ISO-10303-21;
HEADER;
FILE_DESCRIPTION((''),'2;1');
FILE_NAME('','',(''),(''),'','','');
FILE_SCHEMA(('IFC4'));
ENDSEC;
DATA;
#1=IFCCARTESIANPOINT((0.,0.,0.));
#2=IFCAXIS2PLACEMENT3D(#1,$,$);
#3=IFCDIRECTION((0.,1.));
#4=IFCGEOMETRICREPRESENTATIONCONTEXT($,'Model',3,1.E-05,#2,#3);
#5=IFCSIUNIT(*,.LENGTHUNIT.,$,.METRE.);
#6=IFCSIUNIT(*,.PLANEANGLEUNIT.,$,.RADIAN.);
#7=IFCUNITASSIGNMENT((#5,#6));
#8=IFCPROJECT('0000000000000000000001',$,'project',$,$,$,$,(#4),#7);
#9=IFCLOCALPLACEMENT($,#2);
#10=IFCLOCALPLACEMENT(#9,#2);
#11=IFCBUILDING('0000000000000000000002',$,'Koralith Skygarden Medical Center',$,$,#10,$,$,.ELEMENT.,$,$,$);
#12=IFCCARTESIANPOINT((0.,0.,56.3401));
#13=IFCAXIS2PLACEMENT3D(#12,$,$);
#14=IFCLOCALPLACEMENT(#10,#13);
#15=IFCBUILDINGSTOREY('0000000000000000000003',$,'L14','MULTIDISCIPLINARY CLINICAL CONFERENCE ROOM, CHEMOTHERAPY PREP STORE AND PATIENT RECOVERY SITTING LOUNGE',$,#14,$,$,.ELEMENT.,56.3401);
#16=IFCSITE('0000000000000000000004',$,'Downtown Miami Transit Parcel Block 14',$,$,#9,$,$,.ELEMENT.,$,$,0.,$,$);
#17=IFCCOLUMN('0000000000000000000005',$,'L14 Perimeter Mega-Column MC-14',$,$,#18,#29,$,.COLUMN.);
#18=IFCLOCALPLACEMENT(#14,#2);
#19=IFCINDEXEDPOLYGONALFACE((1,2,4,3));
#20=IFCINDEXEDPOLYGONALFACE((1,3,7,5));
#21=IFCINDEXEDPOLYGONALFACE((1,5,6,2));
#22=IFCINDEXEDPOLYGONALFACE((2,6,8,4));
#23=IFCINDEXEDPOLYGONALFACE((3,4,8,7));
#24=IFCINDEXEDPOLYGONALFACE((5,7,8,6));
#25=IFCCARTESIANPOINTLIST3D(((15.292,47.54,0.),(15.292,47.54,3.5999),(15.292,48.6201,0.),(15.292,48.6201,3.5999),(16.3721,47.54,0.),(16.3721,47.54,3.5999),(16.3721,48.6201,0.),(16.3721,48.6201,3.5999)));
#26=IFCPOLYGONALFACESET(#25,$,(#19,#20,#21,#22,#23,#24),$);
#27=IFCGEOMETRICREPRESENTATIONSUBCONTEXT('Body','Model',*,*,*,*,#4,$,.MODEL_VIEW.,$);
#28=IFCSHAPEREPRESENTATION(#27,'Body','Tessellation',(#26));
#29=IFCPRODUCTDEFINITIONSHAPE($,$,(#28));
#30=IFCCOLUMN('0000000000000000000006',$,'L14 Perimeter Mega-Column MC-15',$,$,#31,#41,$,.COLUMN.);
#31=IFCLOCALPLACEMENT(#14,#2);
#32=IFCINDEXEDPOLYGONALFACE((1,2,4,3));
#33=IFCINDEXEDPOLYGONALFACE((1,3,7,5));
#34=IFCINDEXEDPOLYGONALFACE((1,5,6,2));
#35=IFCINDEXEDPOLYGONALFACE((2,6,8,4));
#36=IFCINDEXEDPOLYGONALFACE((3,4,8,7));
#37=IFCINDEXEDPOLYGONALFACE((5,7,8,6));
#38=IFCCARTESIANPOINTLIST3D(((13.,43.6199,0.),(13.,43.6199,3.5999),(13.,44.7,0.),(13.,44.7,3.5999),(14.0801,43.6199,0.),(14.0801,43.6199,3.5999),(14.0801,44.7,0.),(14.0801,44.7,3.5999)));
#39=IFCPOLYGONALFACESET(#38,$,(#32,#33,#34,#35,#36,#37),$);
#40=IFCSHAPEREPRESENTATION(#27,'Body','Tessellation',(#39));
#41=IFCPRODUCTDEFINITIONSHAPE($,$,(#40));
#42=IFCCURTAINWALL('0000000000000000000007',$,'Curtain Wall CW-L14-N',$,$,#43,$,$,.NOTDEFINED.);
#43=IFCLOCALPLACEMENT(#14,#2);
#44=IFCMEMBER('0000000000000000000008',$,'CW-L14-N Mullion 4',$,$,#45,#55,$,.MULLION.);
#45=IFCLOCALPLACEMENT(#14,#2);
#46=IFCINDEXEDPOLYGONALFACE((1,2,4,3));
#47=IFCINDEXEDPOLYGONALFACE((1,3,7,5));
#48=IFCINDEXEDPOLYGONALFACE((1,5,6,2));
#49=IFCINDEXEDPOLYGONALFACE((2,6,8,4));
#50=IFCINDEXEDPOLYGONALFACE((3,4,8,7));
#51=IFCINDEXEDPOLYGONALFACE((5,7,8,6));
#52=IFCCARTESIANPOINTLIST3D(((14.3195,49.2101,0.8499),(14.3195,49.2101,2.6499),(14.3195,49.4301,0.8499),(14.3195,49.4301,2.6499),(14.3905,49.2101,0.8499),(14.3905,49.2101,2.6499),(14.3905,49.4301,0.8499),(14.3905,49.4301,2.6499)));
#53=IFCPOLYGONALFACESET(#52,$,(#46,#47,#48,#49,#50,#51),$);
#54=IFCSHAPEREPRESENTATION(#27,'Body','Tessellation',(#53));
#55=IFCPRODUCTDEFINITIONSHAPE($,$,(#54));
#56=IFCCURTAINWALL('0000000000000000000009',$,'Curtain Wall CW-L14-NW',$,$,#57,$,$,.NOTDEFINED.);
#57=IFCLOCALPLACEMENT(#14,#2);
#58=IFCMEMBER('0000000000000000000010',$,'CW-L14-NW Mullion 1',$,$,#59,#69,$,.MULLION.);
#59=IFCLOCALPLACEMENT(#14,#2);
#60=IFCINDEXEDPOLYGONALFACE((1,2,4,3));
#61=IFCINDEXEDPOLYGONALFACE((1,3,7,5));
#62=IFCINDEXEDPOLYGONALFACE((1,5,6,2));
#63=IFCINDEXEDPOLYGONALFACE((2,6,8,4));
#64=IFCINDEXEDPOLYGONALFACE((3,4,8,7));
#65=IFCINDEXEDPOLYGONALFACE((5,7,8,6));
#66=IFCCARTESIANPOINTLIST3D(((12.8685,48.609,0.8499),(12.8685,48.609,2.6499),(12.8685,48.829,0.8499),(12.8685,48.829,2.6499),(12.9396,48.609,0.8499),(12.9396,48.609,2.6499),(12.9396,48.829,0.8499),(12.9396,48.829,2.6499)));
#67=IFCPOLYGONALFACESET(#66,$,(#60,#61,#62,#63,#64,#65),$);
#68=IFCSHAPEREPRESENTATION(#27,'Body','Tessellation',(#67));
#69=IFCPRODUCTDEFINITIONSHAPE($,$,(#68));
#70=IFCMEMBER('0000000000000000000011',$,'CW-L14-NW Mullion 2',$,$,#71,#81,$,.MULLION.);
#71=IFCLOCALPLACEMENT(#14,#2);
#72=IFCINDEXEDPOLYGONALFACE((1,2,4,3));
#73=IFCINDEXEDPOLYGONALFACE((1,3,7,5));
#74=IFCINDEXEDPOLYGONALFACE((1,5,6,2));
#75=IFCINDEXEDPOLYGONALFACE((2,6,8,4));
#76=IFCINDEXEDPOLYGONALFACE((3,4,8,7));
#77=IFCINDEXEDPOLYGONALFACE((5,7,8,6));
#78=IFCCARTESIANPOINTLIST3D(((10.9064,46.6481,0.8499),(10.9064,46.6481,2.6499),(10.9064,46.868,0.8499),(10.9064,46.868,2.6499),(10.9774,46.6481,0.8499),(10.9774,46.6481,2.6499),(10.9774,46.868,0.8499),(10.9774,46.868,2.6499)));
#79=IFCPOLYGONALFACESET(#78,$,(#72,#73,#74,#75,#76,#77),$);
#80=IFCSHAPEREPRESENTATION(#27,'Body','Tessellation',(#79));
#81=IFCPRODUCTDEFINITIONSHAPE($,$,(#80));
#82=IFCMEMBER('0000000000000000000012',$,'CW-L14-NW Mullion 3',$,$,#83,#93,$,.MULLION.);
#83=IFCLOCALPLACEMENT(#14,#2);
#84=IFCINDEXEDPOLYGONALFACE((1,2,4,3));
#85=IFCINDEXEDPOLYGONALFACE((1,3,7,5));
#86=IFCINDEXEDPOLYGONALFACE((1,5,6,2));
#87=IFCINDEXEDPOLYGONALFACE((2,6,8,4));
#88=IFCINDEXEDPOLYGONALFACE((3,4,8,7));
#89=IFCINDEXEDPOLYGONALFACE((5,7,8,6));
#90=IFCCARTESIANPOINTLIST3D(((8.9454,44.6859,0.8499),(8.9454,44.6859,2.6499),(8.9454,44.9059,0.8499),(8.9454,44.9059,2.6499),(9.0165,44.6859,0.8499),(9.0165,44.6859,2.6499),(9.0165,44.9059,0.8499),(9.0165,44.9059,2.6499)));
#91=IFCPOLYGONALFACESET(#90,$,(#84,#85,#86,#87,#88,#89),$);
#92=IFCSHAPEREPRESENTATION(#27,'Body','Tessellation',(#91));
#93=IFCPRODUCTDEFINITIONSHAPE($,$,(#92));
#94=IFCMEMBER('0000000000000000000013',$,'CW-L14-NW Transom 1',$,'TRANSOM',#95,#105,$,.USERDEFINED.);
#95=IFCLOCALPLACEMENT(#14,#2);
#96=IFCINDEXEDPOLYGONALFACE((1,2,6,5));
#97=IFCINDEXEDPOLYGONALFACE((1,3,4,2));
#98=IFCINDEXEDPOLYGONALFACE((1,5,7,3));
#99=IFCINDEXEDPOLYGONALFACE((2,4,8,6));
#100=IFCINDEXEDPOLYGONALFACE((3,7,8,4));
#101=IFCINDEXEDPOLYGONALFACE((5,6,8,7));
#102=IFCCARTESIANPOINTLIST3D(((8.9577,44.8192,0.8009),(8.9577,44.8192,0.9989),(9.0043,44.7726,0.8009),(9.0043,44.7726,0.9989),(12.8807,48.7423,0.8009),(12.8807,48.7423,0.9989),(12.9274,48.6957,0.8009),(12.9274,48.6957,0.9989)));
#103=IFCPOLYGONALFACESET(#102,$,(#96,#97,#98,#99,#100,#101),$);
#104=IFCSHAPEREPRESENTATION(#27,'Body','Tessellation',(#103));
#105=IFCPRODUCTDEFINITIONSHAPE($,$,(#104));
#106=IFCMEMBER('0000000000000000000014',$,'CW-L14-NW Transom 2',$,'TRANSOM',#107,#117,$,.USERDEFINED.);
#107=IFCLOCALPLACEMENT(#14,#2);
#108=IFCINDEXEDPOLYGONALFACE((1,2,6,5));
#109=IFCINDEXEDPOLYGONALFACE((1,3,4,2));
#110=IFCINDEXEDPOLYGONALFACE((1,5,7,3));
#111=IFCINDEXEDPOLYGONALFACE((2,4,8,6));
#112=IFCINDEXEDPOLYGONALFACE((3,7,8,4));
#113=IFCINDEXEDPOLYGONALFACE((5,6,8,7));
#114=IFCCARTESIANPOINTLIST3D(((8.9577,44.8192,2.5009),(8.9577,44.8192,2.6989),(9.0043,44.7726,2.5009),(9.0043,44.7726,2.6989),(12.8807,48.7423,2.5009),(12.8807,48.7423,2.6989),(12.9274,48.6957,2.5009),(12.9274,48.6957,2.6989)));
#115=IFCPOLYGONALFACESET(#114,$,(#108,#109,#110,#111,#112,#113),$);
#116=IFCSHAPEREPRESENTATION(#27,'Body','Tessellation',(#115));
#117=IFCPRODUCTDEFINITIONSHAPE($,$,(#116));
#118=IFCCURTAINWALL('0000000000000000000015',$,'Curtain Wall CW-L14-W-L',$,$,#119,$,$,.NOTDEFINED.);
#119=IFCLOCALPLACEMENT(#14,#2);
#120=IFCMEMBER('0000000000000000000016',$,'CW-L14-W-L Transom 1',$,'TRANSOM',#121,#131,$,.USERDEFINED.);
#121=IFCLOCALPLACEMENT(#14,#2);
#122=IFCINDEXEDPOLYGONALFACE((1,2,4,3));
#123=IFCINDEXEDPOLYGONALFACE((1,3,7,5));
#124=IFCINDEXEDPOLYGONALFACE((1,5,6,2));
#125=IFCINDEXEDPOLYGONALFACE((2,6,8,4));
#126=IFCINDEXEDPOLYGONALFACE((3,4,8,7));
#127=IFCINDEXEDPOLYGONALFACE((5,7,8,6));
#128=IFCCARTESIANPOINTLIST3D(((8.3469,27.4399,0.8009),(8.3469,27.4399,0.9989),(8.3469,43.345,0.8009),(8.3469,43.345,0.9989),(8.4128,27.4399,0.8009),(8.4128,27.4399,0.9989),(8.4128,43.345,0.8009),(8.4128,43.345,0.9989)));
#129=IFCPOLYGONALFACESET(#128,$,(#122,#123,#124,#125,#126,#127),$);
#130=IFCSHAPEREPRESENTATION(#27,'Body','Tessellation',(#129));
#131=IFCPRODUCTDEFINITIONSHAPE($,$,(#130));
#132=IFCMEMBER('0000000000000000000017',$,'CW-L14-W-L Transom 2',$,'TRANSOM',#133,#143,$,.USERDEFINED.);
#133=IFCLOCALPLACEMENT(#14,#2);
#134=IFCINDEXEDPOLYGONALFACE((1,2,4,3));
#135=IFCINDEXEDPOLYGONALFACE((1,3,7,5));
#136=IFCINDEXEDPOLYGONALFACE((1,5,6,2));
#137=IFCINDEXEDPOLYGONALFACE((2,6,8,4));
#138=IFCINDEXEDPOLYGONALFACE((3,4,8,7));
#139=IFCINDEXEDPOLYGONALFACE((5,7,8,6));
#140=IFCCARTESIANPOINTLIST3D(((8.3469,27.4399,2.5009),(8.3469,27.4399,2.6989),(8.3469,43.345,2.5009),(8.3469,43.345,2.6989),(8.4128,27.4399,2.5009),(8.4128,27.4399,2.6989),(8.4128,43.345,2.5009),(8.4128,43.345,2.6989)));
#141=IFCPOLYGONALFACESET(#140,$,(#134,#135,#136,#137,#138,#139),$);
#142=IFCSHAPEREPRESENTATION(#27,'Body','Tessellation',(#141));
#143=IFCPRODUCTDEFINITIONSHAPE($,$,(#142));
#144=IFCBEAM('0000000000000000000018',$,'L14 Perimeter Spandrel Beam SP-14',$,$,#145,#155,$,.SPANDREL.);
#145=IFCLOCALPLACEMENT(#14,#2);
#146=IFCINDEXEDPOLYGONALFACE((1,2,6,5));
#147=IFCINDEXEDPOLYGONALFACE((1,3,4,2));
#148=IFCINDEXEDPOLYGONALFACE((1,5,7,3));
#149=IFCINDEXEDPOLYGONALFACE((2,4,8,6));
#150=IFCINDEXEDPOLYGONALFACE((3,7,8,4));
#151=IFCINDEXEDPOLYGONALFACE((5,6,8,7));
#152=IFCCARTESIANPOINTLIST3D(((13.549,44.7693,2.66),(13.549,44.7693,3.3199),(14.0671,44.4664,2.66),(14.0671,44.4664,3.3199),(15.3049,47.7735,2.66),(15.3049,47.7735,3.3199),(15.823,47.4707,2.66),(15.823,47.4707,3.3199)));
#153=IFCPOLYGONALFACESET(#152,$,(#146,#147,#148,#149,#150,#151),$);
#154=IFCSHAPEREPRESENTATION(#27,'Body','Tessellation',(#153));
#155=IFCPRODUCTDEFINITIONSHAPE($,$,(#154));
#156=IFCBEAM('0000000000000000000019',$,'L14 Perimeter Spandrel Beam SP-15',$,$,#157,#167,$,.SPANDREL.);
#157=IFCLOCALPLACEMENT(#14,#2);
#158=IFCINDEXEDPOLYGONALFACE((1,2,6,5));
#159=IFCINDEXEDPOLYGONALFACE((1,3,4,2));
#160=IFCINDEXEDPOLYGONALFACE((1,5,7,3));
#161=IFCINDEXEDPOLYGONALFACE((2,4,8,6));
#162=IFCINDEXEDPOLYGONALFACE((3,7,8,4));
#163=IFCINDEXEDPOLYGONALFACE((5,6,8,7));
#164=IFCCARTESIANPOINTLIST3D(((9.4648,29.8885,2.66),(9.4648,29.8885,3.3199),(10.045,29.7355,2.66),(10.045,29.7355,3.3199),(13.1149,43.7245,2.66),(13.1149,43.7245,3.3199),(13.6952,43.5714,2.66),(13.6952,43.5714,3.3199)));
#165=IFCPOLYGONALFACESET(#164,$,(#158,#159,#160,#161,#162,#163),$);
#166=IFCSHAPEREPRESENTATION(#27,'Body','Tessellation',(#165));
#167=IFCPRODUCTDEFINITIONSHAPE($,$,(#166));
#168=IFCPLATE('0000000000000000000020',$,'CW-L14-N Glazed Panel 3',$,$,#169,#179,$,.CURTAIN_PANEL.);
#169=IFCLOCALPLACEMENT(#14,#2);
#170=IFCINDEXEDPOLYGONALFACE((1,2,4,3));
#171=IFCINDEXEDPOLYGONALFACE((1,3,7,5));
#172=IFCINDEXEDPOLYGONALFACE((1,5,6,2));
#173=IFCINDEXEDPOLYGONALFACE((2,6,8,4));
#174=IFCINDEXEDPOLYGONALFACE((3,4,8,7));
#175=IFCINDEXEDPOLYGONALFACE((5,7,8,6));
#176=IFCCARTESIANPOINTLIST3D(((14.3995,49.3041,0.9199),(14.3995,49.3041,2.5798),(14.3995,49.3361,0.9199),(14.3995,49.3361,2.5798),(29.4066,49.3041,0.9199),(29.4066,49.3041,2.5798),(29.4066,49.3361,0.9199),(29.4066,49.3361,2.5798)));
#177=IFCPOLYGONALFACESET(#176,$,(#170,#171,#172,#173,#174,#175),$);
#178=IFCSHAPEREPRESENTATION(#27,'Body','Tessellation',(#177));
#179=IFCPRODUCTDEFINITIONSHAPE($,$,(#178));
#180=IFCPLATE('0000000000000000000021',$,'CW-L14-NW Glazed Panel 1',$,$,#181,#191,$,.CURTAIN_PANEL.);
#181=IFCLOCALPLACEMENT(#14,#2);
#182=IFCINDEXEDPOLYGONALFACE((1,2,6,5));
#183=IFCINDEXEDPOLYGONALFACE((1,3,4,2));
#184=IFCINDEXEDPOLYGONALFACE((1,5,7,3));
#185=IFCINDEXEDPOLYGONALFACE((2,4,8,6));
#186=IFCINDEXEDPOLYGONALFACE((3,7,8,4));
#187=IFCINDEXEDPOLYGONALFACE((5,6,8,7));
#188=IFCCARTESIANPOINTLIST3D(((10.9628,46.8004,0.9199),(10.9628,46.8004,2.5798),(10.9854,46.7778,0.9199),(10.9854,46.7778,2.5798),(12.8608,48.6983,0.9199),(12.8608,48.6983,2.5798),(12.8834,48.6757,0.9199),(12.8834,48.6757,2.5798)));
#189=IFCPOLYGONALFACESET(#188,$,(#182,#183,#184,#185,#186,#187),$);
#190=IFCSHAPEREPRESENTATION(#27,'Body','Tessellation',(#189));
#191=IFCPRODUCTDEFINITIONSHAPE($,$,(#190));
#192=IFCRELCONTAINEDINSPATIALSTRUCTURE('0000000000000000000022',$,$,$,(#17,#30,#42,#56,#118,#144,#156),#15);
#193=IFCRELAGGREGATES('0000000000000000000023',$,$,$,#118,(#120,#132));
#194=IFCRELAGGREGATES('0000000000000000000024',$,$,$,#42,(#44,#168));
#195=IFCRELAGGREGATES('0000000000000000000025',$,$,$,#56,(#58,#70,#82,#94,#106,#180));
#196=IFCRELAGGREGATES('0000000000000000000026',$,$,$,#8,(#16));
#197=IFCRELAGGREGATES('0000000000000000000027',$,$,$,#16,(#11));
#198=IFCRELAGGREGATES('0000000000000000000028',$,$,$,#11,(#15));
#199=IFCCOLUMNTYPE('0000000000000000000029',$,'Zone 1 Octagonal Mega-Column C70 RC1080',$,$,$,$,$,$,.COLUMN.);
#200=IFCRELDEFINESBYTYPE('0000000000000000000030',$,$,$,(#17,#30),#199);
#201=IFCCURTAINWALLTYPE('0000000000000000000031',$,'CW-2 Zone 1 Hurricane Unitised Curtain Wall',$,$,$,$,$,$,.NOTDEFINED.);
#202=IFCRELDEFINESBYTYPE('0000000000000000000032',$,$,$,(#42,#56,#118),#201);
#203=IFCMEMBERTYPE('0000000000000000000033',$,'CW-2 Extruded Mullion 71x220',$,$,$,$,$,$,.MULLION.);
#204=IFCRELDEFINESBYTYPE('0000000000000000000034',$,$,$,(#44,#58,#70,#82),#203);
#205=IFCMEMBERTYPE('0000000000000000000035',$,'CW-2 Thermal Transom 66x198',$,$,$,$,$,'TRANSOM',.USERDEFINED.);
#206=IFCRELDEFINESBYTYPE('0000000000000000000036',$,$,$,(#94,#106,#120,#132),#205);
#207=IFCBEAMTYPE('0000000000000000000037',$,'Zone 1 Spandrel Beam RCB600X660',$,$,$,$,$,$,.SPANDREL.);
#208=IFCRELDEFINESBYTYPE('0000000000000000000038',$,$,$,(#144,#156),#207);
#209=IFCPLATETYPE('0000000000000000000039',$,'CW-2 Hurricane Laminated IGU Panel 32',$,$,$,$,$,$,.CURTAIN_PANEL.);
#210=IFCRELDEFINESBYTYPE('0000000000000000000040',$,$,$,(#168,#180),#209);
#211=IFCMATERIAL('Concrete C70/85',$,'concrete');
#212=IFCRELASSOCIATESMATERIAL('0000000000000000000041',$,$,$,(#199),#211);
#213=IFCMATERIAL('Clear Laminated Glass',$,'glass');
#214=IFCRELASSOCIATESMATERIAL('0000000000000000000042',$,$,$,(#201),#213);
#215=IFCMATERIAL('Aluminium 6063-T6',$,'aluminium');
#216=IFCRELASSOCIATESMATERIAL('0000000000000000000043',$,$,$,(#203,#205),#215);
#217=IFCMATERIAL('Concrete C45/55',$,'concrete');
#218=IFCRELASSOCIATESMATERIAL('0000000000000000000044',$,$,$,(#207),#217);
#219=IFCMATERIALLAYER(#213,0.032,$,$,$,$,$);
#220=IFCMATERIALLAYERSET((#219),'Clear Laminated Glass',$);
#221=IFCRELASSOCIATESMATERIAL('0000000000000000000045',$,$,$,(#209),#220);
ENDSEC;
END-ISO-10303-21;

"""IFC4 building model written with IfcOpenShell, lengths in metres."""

from ifc_helpers import new_model, si_unit, direction, frame, origin, origin_2d, place, context, subcontext, project, spatial, rectangle, extrude, material, layer, layer_set, material_profile, profile_set, type_object, element, aggregate, save


model = new_model("IFC4")

# Units and contexts
model_context = context("Model", 3, precision=1e-05, world=origin(), true_north=direction((0.0, 1.0)))
body_context = subcontext(model_context, "Body", "Model", "MODEL_VIEW")
ifc_project = project(units=[si_unit("LENGTHUNIT", "METRE"), si_unit("PLANEANGLEUNIT", "RADIAN")], contexts=[model_context])

# Site, building, storey
site_placement = place(None, origin())
site = spatial("IfcSite", under=ifc_project, at=site_placement, Name="Downtown Miami Transit Parcel Block 14", CompositionType="ELEMENT", RefElevation=0.0)
building_placement = place(site_placement, origin())
building = spatial("IfcBuilding", under=site, at=building_placement, Name="Koralith Skygarden Medical Center", CompositionType="ELEMENT")
storey_placement = place(building_placement, frame((0.0, 0.0, 56.3401)))
storey = spatial("IfcBuildingStorey", under=building, at=storey_placement, Name="L14", Description="MULTIDISCIPLINARY CLINICAL CONFERENCE ROOM, CHEMOTHERAPY PREP STORE AND PATIENT RECOVERY SITTING LOUNGE", CompositionType="ELEMENT", Elevation=56.3401)

# Columns
ifc_material_1 = material(Name="Concrete C70/85", Category="concrete")
ifc_material_profile_1 = material_profile(ifc_material_1, rectangle(XDim=1.0801, YDim=1.0801, at=origin_2d()), Name="RC1080X1080")
ifc_profile_set_1 = profile_set([ifc_material_profile_1], Name="Concrete C70/85")
column_type = type_object("IfcColumnType", Name="Zone 1 Octagonal Mega-Column C70 RC1080", PredefinedType="COLUMN", material=ifc_profile_set_1)
for number, where, z_axis, x_axis, name in (
    (1, (15.832, 48.0801, 0.0), (0.0, 0.0, 1.0), (1.0, 0.0, 0.0), "L14 Perimeter Mega-Column MC-14"),
    (2, (13.54, 44.1599, 0.0), (0.0, 0.0, 1.0), (1.0, 0.0, 0.0), "L14 Perimeter Mega-Column MC-15"),
):
    element("IfcColumn", number, at=place(storey_placement, frame(where, z_axis=z_axis, x_axis=x_axis)), inside=storey, type_object=column_type, Name=name, PredefinedType="COLUMN", context=body_context, shape_type="SweptSolid", body=[
        extrude(rectangle(XDim=1.0801, YDim=1.0801, at=origin_2d()), origin(), (0.0, 0.0, 1.0), 3.5999),
    ])

# Curtain wall, member
ifc_material_2 = material(Name="Clear Laminated Glass", Category="glass")
curtain_wall_type = type_object("IfcCurtainWallType", Name="CW-2 Zone 1 Hurricane Unitised Curtain Wall", PredefinedType="NOTDEFINED", material=ifc_material_2)
curtain_wall_1_placement = place(storey_placement, origin())
curtain_wall_1 = element("IfcCurtainWall", 3, at=curtain_wall_1_placement, inside=storey, type_object=curtain_wall_type, Name="Curtain Wall CW-L14-N", PredefinedType="NOTDEFINED")
ifc_material_3 = material(Name="Aluminium 6063-T6", Category="aluminium")
ifc_material_profile_2 = material_profile(ifc_material_3, rectangle(XDim=0.071, YDim=0.22, at=origin_2d()), Name="MUL71X220")
ifc_profile_set_2 = profile_set([ifc_material_profile_2], Name="Aluminium 6063-T6")
member_type_1 = type_object("IfcMemberType", Name="CW-2 Extruded Mullion 71x220", PredefinedType="MULLION", material=ifc_profile_set_2)
member_1_placement = place(storey_placement, frame((14.355, 49.3201, 0.8499), z_axis=(0.0, 0.0, 1.0), x_axis=(1.0, 0.0, 0.0)))
member_1 = element("IfcMember", 4, at=member_1_placement, type_object=member_type_1, Name="CW-L14-N Mullion 4", PredefinedType="MULLION", context=body_context, shape_type="SweptSolid", body=[
    extrude(rectangle(XDim=0.071, YDim=0.22, at=origin_2d()), origin(), (0.0, 0.0, 1.0), 1.8),
])

# Curtain walls, members
curtain_wall_2_placement = place(storey_placement, origin())
curtain_wall_2 = element("IfcCurtainWall", 5, at=curtain_wall_2_placement, inside=storey, type_object=curtain_wall_type, Name="Curtain Wall CW-L14-NW", PredefinedType="NOTDEFINED")
member_2_placement = place(storey_placement, frame((12.9041, 48.719, 0.8499), z_axis=(0.0, 0.0, 1.0), x_axis=(1.0, 0.0, 0.0)))
member_2 = element("IfcMember", 6, at=member_2_placement, type_object=member_type_1, Name="CW-L14-NW Mullion 1", PredefinedType="MULLION", context=body_context, shape_type="SweptSolid", body=[
    extrude(rectangle(XDim=0.071, YDim=0.22, at=origin_2d()), origin(), (0.0, 0.0, 1.0), 1.8),
])
member_3_placement = place(storey_placement, frame((10.9419, 46.7581, 0.8499), z_axis=(0.0, 0.0, 1.0), x_axis=(1.0, 0.0, 0.0)))
member_3 = element("IfcMember", 7, at=member_3_placement, type_object=member_type_1, Name="CW-L14-NW Mullion 2", PredefinedType="MULLION", context=body_context, shape_type="SweptSolid", body=[
    extrude(rectangle(XDim=0.071, YDim=0.22, at=origin_2d()), origin(), (0.0, 0.0, 1.0), 1.8),
])
member_4_placement = place(storey_placement, frame((8.981, 44.7959, 0.8499), z_axis=(0.0, 0.0, 1.0), x_axis=(1.0, 0.0, 0.0)))
member_4 = element("IfcMember", 8, at=member_4_placement, type_object=member_type_1, Name="CW-L14-NW Mullion 3", PredefinedType="MULLION", context=body_context, shape_type="SweptSolid", body=[
    extrude(rectangle(XDim=0.071, YDim=0.22, at=origin_2d()), origin(), (0.0, 0.0, 1.0), 1.8),
])
ifc_material_profile_3 = material_profile(ifc_material_3, rectangle(XDim=0.0659, YDim=0.198, at=origin_2d()), Name="TRN66X198")
ifc_profile_set_3 = profile_set([ifc_material_profile_3], Name="Aluminium 6063-T6")
member_type_2 = type_object("IfcMemberType", Name="CW-2 Thermal Transom 66x198", ElementType="TRANSOM", PredefinedType="USERDEFINED", material=ifc_profile_set_3)
member_5_placement = place(storey_placement, frame((12.9041, 48.719, 0.8999), z_axis=(-0.707107, -0.707107, 0.0), x_axis=(0.707107, -0.707107, 0.0)))
member_5 = element("IfcMember", 9, at=member_5_placement, type_object=member_type_2, Name="CW-L14-NW Transom 1", ObjectType="TRANSOM", PredefinedType="USERDEFINED", context=body_context, shape_type="SweptSolid", body=[
    extrude(rectangle(XDim=0.0659, YDim=0.198, at=origin_2d()), origin(), (0.0, 0.0, 1.0), 5.5481),
])
member_6_placement = place(storey_placement, frame((12.9041, 48.719, 2.5999), z_axis=(-0.707107, -0.707107, 0.0), x_axis=(0.707107, -0.707107, 0.0)))
member_6 = element("IfcMember", 10, at=member_6_placement, type_object=member_type_2, Name="CW-L14-NW Transom 2", ObjectType="TRANSOM", PredefinedType="USERDEFINED", context=body_context, shape_type="SweptSolid", body=[
    extrude(rectangle(XDim=0.0659, YDim=0.198, at=origin_2d()), origin(), (0.0, 0.0, 1.0), 5.5481),
])
curtain_wall_3_placement = place(storey_placement, origin())
curtain_wall_3 = element("IfcCurtainWall", 11, at=curtain_wall_3_placement, inside=storey, type_object=curtain_wall_type, Name="Curtain Wall CW-L14-W-L", PredefinedType="NOTDEFINED")
member_7_placement = place(storey_placement, frame((8.3799, 43.345, 0.8999), z_axis=(0.0, -1.0, 0.0), x_axis=(1.0, 0.0, 0.0)))
member_7 = element("IfcMember", 12, at=member_7_placement, type_object=member_type_2, Name="CW-L14-W-L Transom 1", ObjectType="TRANSOM", PredefinedType="USERDEFINED", context=body_context, shape_type="SweptSolid", body=[
    extrude(rectangle(XDim=0.0659, YDim=0.198, at=origin_2d()), origin(), (0.0, 0.0, 1.0), 15.905),
])
member_8_placement = place(storey_placement, frame((8.3799, 43.345, 2.5999), z_axis=(0.0, -1.0, 0.0), x_axis=(1.0, 0.0, 0.0)))
member_8 = element("IfcMember", 13, at=member_8_placement, type_object=member_type_2, Name="CW-L14-W-L Transom 2", ObjectType="TRANSOM", PredefinedType="USERDEFINED", context=body_context, shape_type="SweptSolid", body=[
    extrude(rectangle(XDim=0.0659, YDim=0.198, at=origin_2d()), origin(), (0.0, 0.0, 1.0), 15.905),
])
aggregate(curtain_wall_3, [member_7, member_8])

# Beams
ifc_material_4 = material(Name="Concrete C45/55", Category="concrete")
ifc_material_profile_4 = material_profile(ifc_material_4, rectangle(XDim=0.6001, YDim=0.6599, at=origin_2d()), Name="RCB600X660")
ifc_profile_set_4 = profile_set([ifc_material_profile_4], Name="Concrete C45/55")
beam_type = type_object("IfcBeamType", Name="Zone 1 Spandrel Beam RCB600X660", PredefinedType="SPANDREL", material=ifc_profile_set_4)
beam_1_placement = place(storey_placement, frame((15.564, 47.6221, 2.99), z_axis=(-0.504608, -0.863349, 0.0), x_axis=(0.863349, -0.504608, 0.0)))
element("IfcBeam", 14, at=beam_1_placement, inside=storey, type_object=beam_type, Name="L14 Perimeter Spandrel Beam SP-14", PredefinedType="SPANDREL", context=body_context, shape_type="SweptSolid", body=[
    extrude(rectangle(XDim=0.6001, YDim=0.6599, at=origin_2d()), origin(), (0.0, 0.0, 1.0), 3.4797),
])
beam_2_placement = place(storey_placement, frame((13.405, 43.6479, 2.99), z_axis=(-0.255089, -0.966918, 0.0), x_axis=(0.966918, -0.255089, 0.0)))
element("IfcBeam", 15, at=beam_2_placement, inside=storey, type_object=beam_type, Name="L14 Perimeter Spandrel Beam SP-15", PredefinedType="SPANDREL", context=body_context, shape_type="SweptSolid", body=[
    extrude(rectangle(XDim=0.6001, YDim=0.6599, at=origin_2d()), origin(), (0.0, 0.0, 1.0), 14.3093),
])

# Plates
ifc_layer_1 = layer(ifc_material_2, 0.032)
ifc_layer_set_1 = layer_set([ifc_layer_1], Name="Clear Laminated Glass")
plate_type_1 = type_object("IfcPlateType", Name="CW-2 Hurricane Laminated IGU Panel 32", PredefinedType="CURTAIN_PANEL", material=ifc_layer_set_1)
plate_1_placement = place(storey_placement, frame((21.9031, 49.3201, 0.9199), z_axis=(0.0, 0.0, 1.0), x_axis=(-1.0, 0.0, 0.0)))
plate_1 = element("IfcPlate", 16, at=plate_1_placement, type_object=plate_type_1, Name="CW-L14-N Glazed Panel 3", PredefinedType="CURTAIN_PANEL", context=body_context, shape_type="SweptSolid", body=[
    extrude(rectangle(XDim=15.0071, YDim=0.032, at=origin_2d()), origin(), (0.0, 0.0, 1.0), 1.6599),
])
aggregate(curtain_wall_1, [member_1, plate_1])
plate_2_placement = place(storey_placement, frame((11.9231, 47.738, 0.9199), z_axis=(0.0, 0.0, 1.0), x_axis=(-0.707107, -0.707107, 0.0)))
plate_2 = element("IfcPlate", 17, at=plate_2_placement, type_object=plate_type_1, Name="CW-L14-NW Glazed Panel 1", PredefinedType="CURTAIN_PANEL", context=body_context, shape_type="SweptSolid", body=[
    extrude(rectangle(XDim=2.6841, YDim=0.032, at=origin_2d()), origin(), (0.0, 0.0, 1.0), 1.6599),
])
aggregate(curtain_wall_2, [member_2, member_3, member_4, member_5, member_6, plate_2])

save(model, "model.ifc")
